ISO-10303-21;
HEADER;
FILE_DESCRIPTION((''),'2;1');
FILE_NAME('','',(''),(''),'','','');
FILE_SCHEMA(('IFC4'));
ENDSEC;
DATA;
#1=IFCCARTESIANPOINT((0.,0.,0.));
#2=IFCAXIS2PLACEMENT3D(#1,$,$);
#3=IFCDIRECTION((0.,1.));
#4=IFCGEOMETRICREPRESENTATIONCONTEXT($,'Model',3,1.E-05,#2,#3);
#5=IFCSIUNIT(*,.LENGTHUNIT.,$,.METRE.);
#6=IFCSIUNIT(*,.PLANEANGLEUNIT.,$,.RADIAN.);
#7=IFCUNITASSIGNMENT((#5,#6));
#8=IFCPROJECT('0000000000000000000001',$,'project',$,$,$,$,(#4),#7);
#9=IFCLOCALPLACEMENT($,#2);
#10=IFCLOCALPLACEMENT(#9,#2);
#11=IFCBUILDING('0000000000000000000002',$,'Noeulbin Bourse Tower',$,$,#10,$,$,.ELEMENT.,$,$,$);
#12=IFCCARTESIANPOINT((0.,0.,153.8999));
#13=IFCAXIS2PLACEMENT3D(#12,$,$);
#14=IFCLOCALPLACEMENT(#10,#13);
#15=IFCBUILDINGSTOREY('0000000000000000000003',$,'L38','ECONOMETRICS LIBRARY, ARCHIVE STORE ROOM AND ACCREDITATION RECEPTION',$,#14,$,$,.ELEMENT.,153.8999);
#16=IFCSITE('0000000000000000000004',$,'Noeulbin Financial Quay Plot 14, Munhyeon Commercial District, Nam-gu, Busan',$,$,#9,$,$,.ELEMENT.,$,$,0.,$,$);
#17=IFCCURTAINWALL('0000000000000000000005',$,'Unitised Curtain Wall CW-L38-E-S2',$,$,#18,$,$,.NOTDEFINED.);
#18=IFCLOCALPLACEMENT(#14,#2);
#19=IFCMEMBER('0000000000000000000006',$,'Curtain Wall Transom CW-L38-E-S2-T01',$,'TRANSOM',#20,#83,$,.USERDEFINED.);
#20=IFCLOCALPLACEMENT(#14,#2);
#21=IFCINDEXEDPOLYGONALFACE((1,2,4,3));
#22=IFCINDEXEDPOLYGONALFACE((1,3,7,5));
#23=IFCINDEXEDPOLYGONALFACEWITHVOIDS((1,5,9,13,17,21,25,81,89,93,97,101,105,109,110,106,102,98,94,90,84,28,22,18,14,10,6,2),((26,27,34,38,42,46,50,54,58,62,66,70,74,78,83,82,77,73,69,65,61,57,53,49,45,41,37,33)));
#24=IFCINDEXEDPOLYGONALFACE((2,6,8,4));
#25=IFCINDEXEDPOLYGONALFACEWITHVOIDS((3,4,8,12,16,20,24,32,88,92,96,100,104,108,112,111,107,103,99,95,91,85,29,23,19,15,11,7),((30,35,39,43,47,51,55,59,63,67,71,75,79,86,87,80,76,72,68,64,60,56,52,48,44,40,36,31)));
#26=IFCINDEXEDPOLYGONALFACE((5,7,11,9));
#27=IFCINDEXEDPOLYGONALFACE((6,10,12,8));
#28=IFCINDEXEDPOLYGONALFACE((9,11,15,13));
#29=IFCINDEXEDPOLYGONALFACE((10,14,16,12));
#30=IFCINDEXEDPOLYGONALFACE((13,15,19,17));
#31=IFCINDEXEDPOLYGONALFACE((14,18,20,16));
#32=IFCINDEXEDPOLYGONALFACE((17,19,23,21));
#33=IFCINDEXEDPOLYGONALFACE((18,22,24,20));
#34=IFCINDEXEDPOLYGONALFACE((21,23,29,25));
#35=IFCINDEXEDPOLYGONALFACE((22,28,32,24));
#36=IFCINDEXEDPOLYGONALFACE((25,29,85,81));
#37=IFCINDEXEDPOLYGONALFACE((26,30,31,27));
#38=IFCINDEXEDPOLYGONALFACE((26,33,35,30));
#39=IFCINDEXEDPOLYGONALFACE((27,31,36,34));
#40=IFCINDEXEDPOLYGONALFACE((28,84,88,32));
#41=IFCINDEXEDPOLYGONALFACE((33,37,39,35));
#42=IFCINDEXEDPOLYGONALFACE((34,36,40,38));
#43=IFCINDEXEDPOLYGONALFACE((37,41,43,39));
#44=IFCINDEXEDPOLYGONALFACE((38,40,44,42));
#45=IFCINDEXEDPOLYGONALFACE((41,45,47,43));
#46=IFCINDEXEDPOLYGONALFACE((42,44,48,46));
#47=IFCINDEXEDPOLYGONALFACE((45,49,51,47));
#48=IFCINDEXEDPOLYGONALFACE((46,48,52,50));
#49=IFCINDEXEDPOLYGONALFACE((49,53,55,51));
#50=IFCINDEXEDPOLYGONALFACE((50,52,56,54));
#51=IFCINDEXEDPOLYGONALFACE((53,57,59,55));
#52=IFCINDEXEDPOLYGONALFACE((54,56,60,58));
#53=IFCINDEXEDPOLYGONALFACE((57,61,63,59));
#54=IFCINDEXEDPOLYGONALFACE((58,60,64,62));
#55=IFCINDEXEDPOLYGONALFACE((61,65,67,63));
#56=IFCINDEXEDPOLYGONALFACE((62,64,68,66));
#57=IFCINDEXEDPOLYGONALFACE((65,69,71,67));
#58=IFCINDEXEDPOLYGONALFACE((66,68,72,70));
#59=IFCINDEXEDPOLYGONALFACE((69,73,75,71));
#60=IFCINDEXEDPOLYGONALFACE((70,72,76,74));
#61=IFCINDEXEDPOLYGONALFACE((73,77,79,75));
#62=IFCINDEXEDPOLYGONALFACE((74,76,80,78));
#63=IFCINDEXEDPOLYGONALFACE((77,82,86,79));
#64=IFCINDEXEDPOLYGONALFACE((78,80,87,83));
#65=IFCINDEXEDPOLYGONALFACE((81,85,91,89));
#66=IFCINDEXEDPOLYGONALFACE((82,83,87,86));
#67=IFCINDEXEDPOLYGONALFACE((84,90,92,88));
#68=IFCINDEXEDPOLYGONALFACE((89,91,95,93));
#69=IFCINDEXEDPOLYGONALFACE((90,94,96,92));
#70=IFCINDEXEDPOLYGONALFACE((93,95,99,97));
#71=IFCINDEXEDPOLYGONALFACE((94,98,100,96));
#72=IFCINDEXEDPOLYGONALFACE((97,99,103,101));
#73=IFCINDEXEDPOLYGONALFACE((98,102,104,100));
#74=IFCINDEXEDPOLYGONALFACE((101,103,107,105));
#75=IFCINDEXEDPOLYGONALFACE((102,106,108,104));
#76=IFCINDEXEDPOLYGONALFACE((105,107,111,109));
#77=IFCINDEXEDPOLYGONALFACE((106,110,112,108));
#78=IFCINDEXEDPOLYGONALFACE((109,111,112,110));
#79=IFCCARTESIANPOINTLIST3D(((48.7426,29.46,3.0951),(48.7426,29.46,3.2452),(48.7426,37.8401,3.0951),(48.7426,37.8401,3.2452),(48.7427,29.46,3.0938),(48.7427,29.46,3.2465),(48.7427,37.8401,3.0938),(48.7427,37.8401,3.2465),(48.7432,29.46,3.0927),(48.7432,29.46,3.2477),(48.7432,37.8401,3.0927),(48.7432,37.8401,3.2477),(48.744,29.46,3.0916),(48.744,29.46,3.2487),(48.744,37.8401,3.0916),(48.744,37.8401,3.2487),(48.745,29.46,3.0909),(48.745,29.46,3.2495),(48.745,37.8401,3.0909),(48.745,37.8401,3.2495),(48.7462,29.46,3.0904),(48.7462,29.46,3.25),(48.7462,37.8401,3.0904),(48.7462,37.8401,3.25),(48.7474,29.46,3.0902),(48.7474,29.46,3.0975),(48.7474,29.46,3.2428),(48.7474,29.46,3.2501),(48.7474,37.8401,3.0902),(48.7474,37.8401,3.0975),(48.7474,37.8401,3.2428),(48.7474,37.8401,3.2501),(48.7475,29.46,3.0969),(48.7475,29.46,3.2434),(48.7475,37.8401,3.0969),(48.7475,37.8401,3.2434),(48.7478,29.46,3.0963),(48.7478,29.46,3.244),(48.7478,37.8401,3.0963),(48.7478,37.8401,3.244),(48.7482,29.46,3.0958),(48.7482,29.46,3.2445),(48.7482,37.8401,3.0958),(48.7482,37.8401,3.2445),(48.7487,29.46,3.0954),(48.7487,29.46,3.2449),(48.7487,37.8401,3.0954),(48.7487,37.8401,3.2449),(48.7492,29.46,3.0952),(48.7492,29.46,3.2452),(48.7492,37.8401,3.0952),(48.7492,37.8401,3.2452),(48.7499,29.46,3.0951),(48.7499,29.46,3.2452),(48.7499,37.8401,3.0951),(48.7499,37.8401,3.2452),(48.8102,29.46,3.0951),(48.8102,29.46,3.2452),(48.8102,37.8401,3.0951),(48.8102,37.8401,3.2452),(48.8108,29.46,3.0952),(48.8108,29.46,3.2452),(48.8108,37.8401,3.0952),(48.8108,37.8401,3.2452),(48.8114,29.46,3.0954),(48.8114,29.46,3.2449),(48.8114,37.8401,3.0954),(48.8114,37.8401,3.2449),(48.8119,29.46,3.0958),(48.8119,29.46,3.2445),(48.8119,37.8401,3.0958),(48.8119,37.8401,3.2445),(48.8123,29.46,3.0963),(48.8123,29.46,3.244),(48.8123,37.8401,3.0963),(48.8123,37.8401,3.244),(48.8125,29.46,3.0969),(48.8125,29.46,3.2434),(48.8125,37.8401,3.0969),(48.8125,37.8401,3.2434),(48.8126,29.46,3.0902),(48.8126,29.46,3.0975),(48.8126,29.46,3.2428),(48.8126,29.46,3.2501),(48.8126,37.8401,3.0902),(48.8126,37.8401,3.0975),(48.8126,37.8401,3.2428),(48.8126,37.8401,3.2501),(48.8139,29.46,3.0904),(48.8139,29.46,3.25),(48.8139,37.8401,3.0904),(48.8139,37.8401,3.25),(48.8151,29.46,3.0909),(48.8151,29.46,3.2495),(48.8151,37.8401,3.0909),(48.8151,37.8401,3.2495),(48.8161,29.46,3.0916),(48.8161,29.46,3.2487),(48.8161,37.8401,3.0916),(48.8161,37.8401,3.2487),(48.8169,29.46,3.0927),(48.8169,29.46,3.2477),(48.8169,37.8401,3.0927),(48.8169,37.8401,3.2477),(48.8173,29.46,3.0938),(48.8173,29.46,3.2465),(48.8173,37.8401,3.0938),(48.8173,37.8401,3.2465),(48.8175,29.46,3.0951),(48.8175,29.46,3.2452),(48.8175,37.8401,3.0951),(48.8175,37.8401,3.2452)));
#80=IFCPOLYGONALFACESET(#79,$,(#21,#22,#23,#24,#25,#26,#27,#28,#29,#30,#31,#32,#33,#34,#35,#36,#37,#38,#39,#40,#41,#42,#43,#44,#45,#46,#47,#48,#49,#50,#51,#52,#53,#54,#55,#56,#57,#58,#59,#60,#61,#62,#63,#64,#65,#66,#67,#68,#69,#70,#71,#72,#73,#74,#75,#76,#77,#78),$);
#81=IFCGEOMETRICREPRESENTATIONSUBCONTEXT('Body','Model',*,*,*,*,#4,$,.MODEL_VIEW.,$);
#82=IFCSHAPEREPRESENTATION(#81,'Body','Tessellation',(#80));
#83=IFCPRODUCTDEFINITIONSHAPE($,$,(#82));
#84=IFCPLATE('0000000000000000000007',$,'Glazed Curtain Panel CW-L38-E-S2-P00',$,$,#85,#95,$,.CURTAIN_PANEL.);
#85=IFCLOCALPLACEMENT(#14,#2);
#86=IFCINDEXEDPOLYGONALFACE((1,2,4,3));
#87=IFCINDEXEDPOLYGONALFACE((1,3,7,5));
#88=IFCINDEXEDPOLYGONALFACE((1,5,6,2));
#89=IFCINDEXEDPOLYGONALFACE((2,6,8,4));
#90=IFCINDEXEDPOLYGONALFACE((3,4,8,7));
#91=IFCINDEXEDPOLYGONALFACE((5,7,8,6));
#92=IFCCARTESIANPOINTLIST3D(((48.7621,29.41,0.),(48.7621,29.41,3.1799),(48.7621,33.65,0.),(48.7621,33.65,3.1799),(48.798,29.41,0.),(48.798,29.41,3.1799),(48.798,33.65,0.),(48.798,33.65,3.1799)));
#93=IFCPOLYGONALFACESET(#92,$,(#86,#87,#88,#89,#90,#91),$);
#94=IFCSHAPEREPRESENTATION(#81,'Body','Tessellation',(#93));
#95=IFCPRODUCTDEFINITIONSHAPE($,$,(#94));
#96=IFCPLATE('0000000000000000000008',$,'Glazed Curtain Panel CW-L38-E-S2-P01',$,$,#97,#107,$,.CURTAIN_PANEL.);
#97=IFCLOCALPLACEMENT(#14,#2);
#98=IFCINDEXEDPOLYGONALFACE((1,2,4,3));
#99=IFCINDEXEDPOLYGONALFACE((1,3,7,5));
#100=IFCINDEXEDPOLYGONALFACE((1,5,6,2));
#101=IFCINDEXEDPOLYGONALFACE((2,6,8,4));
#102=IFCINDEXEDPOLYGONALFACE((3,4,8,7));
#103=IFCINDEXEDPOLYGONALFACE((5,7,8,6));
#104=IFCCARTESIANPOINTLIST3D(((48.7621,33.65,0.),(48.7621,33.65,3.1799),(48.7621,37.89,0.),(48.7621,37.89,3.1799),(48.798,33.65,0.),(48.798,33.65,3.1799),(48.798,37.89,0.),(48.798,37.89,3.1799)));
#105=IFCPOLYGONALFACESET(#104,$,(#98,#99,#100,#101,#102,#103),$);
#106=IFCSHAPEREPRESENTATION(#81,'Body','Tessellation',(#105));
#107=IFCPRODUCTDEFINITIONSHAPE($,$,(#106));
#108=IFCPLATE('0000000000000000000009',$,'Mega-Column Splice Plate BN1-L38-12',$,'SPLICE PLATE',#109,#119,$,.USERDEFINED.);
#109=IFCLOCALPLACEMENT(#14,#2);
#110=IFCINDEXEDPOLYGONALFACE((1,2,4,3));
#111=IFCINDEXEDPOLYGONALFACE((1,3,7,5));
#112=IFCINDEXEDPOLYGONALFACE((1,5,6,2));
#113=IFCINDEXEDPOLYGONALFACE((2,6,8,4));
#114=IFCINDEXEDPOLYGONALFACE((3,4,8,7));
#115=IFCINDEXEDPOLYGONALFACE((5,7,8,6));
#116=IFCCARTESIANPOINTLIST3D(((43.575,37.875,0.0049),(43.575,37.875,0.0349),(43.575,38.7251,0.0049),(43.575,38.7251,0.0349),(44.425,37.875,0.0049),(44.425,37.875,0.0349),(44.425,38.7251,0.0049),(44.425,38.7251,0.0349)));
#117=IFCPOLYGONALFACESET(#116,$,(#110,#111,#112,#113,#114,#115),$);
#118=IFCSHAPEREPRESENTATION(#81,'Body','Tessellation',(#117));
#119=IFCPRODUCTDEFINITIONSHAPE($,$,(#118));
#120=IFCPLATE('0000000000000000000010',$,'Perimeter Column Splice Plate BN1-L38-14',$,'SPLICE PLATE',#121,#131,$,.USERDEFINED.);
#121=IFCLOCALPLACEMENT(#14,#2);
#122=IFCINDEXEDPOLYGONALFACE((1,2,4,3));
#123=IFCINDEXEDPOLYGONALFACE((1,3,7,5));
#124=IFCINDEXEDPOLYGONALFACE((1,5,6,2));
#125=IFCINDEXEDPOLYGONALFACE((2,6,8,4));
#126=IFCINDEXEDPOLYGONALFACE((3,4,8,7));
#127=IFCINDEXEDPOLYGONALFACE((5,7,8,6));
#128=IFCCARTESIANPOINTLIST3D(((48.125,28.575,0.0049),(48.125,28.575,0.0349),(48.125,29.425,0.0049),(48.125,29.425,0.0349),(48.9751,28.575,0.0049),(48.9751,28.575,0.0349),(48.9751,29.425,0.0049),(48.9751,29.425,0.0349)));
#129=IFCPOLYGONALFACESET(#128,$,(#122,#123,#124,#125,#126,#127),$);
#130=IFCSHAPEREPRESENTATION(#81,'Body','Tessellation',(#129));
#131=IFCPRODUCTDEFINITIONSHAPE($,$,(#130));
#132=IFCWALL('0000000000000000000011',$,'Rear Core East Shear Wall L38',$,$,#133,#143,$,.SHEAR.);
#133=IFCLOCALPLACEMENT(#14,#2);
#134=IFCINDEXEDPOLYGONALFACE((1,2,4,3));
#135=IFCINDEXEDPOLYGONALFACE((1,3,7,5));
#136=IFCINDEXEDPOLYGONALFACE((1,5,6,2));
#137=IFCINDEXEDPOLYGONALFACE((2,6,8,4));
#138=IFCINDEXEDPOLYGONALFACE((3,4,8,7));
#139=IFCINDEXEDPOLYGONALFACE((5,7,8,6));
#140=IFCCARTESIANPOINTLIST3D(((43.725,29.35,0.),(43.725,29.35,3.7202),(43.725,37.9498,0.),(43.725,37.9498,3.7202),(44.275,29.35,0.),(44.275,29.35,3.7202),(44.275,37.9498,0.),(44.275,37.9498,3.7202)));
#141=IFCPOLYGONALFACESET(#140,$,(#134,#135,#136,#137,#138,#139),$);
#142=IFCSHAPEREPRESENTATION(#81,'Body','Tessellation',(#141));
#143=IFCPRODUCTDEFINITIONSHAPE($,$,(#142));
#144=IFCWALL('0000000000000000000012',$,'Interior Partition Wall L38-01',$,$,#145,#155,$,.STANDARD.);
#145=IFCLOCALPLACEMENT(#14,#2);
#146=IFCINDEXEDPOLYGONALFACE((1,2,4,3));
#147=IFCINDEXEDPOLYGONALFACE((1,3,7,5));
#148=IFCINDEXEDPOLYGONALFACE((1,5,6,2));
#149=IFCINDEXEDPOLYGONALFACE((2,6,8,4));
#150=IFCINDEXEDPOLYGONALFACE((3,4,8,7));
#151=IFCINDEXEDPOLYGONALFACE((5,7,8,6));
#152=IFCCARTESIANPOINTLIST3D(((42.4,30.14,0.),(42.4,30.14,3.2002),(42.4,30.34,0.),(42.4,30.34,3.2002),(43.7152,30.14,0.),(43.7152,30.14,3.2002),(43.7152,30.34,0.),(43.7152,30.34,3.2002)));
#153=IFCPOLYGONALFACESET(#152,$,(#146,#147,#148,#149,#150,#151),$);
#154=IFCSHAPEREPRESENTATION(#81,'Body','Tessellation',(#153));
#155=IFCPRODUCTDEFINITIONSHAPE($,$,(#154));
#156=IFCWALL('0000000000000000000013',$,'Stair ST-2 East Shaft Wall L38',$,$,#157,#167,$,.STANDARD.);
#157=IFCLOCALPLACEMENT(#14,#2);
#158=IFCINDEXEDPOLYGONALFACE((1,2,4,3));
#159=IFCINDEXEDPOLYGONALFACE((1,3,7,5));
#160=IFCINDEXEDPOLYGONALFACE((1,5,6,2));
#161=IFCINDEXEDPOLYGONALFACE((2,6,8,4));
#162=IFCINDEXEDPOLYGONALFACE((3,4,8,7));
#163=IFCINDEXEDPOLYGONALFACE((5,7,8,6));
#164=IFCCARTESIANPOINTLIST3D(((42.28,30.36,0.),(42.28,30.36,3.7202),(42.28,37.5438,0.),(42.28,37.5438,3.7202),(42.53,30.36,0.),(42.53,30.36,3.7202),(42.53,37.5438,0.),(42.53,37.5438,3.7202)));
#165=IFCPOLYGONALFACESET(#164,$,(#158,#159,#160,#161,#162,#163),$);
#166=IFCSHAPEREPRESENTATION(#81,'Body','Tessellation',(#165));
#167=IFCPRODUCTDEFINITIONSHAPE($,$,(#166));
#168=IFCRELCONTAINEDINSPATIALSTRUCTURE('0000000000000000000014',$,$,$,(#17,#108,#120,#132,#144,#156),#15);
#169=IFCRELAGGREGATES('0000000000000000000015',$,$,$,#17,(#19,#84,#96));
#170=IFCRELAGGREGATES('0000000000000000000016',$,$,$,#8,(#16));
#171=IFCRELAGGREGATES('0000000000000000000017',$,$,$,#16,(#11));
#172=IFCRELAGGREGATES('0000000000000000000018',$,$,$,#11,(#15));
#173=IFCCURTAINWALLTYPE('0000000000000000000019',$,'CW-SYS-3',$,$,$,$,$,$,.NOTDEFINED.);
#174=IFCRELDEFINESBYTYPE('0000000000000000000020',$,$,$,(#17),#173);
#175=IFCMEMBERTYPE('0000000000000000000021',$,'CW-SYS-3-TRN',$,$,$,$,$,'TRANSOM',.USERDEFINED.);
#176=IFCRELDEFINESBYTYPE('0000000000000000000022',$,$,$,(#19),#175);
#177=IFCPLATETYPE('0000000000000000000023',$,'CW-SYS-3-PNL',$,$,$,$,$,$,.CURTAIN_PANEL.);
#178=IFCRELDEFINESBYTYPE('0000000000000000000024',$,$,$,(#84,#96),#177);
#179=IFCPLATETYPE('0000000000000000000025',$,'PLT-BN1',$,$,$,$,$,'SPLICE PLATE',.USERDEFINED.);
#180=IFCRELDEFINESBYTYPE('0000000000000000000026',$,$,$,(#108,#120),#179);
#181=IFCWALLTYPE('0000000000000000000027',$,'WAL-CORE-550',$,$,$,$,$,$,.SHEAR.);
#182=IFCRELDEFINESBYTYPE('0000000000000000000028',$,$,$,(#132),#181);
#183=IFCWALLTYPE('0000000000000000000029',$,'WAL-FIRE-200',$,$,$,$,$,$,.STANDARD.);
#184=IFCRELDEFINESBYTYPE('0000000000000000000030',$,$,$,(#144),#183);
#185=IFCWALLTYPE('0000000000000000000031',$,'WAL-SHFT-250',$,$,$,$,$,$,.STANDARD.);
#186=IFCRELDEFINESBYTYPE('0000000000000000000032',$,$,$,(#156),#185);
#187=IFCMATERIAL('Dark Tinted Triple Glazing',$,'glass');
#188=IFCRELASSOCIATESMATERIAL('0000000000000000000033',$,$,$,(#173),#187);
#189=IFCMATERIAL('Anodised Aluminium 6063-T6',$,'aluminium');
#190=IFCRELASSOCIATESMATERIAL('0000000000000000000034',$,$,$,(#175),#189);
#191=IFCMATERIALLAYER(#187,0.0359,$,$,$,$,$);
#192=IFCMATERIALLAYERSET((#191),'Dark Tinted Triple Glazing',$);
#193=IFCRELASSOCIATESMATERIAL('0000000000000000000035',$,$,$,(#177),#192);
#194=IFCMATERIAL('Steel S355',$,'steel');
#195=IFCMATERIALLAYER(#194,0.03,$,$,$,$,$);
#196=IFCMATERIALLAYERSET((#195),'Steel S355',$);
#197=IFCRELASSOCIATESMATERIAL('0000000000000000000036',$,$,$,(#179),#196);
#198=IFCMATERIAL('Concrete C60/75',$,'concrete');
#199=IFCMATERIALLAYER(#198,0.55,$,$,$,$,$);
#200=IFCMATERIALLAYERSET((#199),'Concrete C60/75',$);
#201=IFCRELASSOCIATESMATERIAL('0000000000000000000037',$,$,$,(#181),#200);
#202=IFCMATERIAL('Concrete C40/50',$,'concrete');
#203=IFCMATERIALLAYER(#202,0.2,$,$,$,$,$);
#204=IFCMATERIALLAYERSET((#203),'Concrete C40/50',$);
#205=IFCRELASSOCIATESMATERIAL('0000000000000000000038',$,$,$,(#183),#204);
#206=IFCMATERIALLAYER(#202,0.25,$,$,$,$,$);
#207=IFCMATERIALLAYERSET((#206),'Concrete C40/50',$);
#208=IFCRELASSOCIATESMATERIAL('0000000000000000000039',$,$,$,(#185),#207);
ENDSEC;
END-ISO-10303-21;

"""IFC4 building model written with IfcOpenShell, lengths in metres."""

from ifc_helpers import new_model, si_unit, direction, frame, frame_2d, origin, origin_2d, place, context, subcontext, project, spatial, rectangle, hollow_rectangle, extrude, material, layer, layer_set, material_profile, profile_set, type_object, element, aggregate, save


model = new_model("IFC4")

# Units and contexts
model_context = context("Model", 3, precision=1e-05, world=origin(), true_north=direction((0.0, 1.0)))
body_context = subcontext(model_context, "Body", "Model", "MODEL_VIEW")
ifc_project = project(units=[si_unit("LENGTHUNIT", "METRE"), si_unit("PLANEANGLEUNIT", "RADIAN")], contexts=[model_context])

# Site, building, storey
site_placement = place(None, origin())
site = spatial("IfcSite", under=ifc_project, at=site_placement, Name="Noeulbin Financial Quay Plot 14, Munhyeon Commercial District, Nam-gu, Busan", CompositionType="ELEMENT", RefElevation=0.0)
building_placement = place(site_placement, origin())
building = spatial("IfcBuilding", under=site, at=building_placement, Name="Noeulbin Bourse Tower", CompositionType="ELEMENT")
storey_placement = place(building_placement, frame((0.0, 0.0, 153.8999)))
storey = spatial("IfcBuildingStorey", under=building, at=storey_placement, Name="L38", Description="ECONOMETRICS LIBRARY, ARCHIVE STORE ROOM AND ACCREDITATION RECEPTION", CompositionType="ELEMENT", Elevation=153.8999)

# Shared definitions
ifc_material_1 = material(Name="Steel S355", Category="steel")

# Curtain wall, member, plates
ifc_material_2 = material(Name="Dark Tinted Triple Glazing", Category="glass")
curtain_wall_type = type_object("IfcCurtainWallType", Name="CW-SYS-3", PredefinedType="NOTDEFINED", material=ifc_material_2)
curtain_wall_placement = place(storey_placement, origin())
curtain_wall = element("IfcCurtainWall", 1, at=curtain_wall_placement, inside=storey, type_object=curtain_wall_type, Name="Unitised Curtain Wall CW-L38-E-S2", PredefinedType="NOTDEFINED")
ifc_material_3 = material(Name="Anodised Aluminium 6063-T6", Category="aluminium")
ifc_material_profile_1 = material_profile(ifc_material_3, hollow_rectangle(XDim=0.075, YDim=0.1599, WallThickness=0.0049, InnerFilletRadius=0.0024, OuterFilletRadius=0.0049, at=origin_2d()), Name="ALU-TRAN-75x160x5", Category="LoadBearing")
ifc_profile_set_1 = profile_set([ifc_material_profile_1], Name="Anodised Aluminium 6063-T6")
member_type_1 = type_object("IfcMemberType", Name="CW-SYS-3-TRN", ElementType="TRANSOM", PredefinedType="USERDEFINED", material=ifc_profile_set_1)
member_1_placement = place(storey_placement, frame((48.78, 29.46, 3.1702), z_axis=(0.0, 1.0, 0.0), x_axis=(-1.0, 0.0, 0.0)))
member_1 = element("IfcMember", 2, at=member_1_placement, type_object=member_type_1, Name="Curtain Wall Transom CW-L38-E-S2-T01", ObjectType="TRANSOM", PredefinedType="USERDEFINED", context=body_context, shape_type="SweptSolid", body=[
    extrude(hollow_rectangle(XDim=0.075, YDim=0.1599, WallThickness=0.0049, InnerFilletRadius=0.0024, OuterFilletRadius=0.0049, at=origin_2d()), origin(), (0.0, 0.0, 1.0), 8.3801),
])
ifc_layer_1 = layer(ifc_material_2, 0.0359)
ifc_layer_set_1 = layer_set([ifc_layer_1], Name="Dark Tinted Triple Glazing")
plate_type_1 = type_object("IfcPlateType", Name="CW-SYS-3-PNL", PredefinedType="CURTAIN_PANEL", material=ifc_layer_set_1)
plate_1_placement = place(storey_placement, frame((48.78, 31.53, 0.0), z_axis=(0.0, 0.0, 1.0), x_axis=(0.0, 1.0, 0.0)))
plate_1 = element("IfcPlate", 3, at=plate_1_placement, type_object=plate_type_1, Name="Glazed Curtain Panel CW-L38-E-S2-P00", PredefinedType="CURTAIN_PANEL", context=body_context, shape_type="SweptSolid", body=[
    extrude(rectangle(XDim=4.24, YDim=0.0359, at=origin_2d()), origin(), (0.0, 0.0, 1.0), 3.1799),
])
plate_2_placement = place(storey_placement, frame((48.78, 35.77, 0.0), z_axis=(0.0, 0.0, 1.0), x_axis=(0.0, 1.0, 0.0)))
plate_2 = element("IfcPlate", 4, at=plate_2_placement, type_object=plate_type_1, Name="Glazed Curtain Panel CW-L38-E-S2-P01", PredefinedType="CURTAIN_PANEL", context=body_context, shape_type="SweptSolid", body=[
    extrude(rectangle(XDim=4.24, YDim=0.0359, at=origin_2d()), origin(), (0.0, 0.0, 1.0), 3.1799),
])
aggregate(curtain_wall, [member_1, plate_1, plate_2])

# Plates
ifc_layer_2 = layer(ifc_material_1, 0.03)
ifc_layer_set_2 = layer_set([ifc_layer_2], Name="Steel S355")
plate_type_2 = type_object("IfcPlateType", Name="PLT-BN1", ElementType="SPLICE PLATE", PredefinedType="USERDEFINED", material=ifc_layer_set_2)
for number, where, z_axis, x_axis, name in (
    (5, (44.0, 38.3, 0.0049), (0.0, 0.0, 1.0), (1.0, 0.0, 0.0), "Mega-Column Splice Plate BN1-L38-12"),
    (6, (48.55, 29.0, 0.0049), (0.0, 0.0, 1.0), (1.0, 0.0, 0.0), "Perimeter Column Splice Plate BN1-L38-14"),
):
    element("IfcPlate", number, at=place(storey_placement, frame(where, z_axis=z_axis, x_axis=x_axis)), inside=storey, type_object=plate_type_2, Name=name, ObjectType="SPLICE PLATE", PredefinedType="USERDEFINED", context=body_context, shape_type="SweptSolid", body=[
        extrude(rectangle(XDim=0.8501, YDim=0.8501, at=origin_2d()), origin(), (0.0, 0.0, 1.0), 0.03),
    ])

# Walls
ifc_material_4 = material(Name="Concrete C60/75", Category="concrete")
ifc_layer_3 = layer(ifc_material_4, 0.55)
ifc_layer_set_3 = layer_set([ifc_layer_3], Name="Concrete C60/75")
wall_type_1 = type_object("IfcWallType", Name="WAL-CORE-550", PredefinedType="SHEAR", material=ifc_layer_set_3)
wall_1_placement = place(storey_placement, frame((44.0, 29.3501, 0.0), z_axis=(0.0, 0.0, 1.0), x_axis=(0.0, 1.0, 0.0)))
element("IfcWall", 7, at=wall_1_placement, inside=storey, type_object=wall_type_1, Name="Rear Core East Shear Wall L38", PredefinedType="SHEAR", context=body_context, shape_type="SweptSolid", body=[
    extrude(rectangle(XDim=8.5999, YDim=0.55, at=frame_2d((4.2998, 0.0))), origin(), (0.0, 0.0, 1.0), 3.7202),
])
ifc_material_5 = material(Name="Concrete C40/50", Category="concrete")
ifc_layer_4 = layer(ifc_material_5, 0.2)
ifc_layer_set_4 = layer_set([ifc_layer_4], Name="Concrete C40/50")
wall_type_2 = type_object("IfcWallType", Name="WAL-FIRE-200", PredefinedType="STANDARD", material=ifc_layer_set_4)
wall_2_placement = place(storey_placement, frame((42.3999, 30.24, 0.0), z_axis=(0.0, 0.0, 1.0), x_axis=(1.0, 0.0, 0.0)))
element("IfcWall", 8, at=wall_2_placement, inside=storey, type_object=wall_type_2, Name="Interior Partition Wall L38-01", PredefinedType="STANDARD", context=body_context, shape_type="SweptSolid", body=[
    extrude(rectangle(XDim=1.3152, YDim=0.2, at=frame_2d((0.6577, 0.0))), origin(), (0.0, 0.0, 1.0), 3.2002),
])
ifc_layer_5 = layer(ifc_material_5, 0.25)
ifc_layer_set_5 = layer_set([ifc_layer_5], Name="Concrete C40/50")
wall_type_3 = type_object("IfcWallType", Name="WAL-SHFT-250", PredefinedType="STANDARD", material=ifc_layer_set_5)
wall_3_placement = place(storey_placement, frame((42.405, 30.3601, 0.0), z_axis=(0.0, 0.0, 1.0), x_axis=(0.0, 1.0, 0.0)))
element("IfcWall", 9, at=wall_3_placement, inside=storey, type_object=wall_type_3, Name="Stair ST-2 East Shaft Wall L38", PredefinedType="STANDARD", context=body_context, shape_type="SweptSolid", body=[
    extrude(rectangle(XDim=7.1838, YDim=0.25, at=frame_2d((3.5918, 0.0))), origin(), (0.0, 0.0, 1.0), 3.7202),
])

save(model, "model.ifc")
